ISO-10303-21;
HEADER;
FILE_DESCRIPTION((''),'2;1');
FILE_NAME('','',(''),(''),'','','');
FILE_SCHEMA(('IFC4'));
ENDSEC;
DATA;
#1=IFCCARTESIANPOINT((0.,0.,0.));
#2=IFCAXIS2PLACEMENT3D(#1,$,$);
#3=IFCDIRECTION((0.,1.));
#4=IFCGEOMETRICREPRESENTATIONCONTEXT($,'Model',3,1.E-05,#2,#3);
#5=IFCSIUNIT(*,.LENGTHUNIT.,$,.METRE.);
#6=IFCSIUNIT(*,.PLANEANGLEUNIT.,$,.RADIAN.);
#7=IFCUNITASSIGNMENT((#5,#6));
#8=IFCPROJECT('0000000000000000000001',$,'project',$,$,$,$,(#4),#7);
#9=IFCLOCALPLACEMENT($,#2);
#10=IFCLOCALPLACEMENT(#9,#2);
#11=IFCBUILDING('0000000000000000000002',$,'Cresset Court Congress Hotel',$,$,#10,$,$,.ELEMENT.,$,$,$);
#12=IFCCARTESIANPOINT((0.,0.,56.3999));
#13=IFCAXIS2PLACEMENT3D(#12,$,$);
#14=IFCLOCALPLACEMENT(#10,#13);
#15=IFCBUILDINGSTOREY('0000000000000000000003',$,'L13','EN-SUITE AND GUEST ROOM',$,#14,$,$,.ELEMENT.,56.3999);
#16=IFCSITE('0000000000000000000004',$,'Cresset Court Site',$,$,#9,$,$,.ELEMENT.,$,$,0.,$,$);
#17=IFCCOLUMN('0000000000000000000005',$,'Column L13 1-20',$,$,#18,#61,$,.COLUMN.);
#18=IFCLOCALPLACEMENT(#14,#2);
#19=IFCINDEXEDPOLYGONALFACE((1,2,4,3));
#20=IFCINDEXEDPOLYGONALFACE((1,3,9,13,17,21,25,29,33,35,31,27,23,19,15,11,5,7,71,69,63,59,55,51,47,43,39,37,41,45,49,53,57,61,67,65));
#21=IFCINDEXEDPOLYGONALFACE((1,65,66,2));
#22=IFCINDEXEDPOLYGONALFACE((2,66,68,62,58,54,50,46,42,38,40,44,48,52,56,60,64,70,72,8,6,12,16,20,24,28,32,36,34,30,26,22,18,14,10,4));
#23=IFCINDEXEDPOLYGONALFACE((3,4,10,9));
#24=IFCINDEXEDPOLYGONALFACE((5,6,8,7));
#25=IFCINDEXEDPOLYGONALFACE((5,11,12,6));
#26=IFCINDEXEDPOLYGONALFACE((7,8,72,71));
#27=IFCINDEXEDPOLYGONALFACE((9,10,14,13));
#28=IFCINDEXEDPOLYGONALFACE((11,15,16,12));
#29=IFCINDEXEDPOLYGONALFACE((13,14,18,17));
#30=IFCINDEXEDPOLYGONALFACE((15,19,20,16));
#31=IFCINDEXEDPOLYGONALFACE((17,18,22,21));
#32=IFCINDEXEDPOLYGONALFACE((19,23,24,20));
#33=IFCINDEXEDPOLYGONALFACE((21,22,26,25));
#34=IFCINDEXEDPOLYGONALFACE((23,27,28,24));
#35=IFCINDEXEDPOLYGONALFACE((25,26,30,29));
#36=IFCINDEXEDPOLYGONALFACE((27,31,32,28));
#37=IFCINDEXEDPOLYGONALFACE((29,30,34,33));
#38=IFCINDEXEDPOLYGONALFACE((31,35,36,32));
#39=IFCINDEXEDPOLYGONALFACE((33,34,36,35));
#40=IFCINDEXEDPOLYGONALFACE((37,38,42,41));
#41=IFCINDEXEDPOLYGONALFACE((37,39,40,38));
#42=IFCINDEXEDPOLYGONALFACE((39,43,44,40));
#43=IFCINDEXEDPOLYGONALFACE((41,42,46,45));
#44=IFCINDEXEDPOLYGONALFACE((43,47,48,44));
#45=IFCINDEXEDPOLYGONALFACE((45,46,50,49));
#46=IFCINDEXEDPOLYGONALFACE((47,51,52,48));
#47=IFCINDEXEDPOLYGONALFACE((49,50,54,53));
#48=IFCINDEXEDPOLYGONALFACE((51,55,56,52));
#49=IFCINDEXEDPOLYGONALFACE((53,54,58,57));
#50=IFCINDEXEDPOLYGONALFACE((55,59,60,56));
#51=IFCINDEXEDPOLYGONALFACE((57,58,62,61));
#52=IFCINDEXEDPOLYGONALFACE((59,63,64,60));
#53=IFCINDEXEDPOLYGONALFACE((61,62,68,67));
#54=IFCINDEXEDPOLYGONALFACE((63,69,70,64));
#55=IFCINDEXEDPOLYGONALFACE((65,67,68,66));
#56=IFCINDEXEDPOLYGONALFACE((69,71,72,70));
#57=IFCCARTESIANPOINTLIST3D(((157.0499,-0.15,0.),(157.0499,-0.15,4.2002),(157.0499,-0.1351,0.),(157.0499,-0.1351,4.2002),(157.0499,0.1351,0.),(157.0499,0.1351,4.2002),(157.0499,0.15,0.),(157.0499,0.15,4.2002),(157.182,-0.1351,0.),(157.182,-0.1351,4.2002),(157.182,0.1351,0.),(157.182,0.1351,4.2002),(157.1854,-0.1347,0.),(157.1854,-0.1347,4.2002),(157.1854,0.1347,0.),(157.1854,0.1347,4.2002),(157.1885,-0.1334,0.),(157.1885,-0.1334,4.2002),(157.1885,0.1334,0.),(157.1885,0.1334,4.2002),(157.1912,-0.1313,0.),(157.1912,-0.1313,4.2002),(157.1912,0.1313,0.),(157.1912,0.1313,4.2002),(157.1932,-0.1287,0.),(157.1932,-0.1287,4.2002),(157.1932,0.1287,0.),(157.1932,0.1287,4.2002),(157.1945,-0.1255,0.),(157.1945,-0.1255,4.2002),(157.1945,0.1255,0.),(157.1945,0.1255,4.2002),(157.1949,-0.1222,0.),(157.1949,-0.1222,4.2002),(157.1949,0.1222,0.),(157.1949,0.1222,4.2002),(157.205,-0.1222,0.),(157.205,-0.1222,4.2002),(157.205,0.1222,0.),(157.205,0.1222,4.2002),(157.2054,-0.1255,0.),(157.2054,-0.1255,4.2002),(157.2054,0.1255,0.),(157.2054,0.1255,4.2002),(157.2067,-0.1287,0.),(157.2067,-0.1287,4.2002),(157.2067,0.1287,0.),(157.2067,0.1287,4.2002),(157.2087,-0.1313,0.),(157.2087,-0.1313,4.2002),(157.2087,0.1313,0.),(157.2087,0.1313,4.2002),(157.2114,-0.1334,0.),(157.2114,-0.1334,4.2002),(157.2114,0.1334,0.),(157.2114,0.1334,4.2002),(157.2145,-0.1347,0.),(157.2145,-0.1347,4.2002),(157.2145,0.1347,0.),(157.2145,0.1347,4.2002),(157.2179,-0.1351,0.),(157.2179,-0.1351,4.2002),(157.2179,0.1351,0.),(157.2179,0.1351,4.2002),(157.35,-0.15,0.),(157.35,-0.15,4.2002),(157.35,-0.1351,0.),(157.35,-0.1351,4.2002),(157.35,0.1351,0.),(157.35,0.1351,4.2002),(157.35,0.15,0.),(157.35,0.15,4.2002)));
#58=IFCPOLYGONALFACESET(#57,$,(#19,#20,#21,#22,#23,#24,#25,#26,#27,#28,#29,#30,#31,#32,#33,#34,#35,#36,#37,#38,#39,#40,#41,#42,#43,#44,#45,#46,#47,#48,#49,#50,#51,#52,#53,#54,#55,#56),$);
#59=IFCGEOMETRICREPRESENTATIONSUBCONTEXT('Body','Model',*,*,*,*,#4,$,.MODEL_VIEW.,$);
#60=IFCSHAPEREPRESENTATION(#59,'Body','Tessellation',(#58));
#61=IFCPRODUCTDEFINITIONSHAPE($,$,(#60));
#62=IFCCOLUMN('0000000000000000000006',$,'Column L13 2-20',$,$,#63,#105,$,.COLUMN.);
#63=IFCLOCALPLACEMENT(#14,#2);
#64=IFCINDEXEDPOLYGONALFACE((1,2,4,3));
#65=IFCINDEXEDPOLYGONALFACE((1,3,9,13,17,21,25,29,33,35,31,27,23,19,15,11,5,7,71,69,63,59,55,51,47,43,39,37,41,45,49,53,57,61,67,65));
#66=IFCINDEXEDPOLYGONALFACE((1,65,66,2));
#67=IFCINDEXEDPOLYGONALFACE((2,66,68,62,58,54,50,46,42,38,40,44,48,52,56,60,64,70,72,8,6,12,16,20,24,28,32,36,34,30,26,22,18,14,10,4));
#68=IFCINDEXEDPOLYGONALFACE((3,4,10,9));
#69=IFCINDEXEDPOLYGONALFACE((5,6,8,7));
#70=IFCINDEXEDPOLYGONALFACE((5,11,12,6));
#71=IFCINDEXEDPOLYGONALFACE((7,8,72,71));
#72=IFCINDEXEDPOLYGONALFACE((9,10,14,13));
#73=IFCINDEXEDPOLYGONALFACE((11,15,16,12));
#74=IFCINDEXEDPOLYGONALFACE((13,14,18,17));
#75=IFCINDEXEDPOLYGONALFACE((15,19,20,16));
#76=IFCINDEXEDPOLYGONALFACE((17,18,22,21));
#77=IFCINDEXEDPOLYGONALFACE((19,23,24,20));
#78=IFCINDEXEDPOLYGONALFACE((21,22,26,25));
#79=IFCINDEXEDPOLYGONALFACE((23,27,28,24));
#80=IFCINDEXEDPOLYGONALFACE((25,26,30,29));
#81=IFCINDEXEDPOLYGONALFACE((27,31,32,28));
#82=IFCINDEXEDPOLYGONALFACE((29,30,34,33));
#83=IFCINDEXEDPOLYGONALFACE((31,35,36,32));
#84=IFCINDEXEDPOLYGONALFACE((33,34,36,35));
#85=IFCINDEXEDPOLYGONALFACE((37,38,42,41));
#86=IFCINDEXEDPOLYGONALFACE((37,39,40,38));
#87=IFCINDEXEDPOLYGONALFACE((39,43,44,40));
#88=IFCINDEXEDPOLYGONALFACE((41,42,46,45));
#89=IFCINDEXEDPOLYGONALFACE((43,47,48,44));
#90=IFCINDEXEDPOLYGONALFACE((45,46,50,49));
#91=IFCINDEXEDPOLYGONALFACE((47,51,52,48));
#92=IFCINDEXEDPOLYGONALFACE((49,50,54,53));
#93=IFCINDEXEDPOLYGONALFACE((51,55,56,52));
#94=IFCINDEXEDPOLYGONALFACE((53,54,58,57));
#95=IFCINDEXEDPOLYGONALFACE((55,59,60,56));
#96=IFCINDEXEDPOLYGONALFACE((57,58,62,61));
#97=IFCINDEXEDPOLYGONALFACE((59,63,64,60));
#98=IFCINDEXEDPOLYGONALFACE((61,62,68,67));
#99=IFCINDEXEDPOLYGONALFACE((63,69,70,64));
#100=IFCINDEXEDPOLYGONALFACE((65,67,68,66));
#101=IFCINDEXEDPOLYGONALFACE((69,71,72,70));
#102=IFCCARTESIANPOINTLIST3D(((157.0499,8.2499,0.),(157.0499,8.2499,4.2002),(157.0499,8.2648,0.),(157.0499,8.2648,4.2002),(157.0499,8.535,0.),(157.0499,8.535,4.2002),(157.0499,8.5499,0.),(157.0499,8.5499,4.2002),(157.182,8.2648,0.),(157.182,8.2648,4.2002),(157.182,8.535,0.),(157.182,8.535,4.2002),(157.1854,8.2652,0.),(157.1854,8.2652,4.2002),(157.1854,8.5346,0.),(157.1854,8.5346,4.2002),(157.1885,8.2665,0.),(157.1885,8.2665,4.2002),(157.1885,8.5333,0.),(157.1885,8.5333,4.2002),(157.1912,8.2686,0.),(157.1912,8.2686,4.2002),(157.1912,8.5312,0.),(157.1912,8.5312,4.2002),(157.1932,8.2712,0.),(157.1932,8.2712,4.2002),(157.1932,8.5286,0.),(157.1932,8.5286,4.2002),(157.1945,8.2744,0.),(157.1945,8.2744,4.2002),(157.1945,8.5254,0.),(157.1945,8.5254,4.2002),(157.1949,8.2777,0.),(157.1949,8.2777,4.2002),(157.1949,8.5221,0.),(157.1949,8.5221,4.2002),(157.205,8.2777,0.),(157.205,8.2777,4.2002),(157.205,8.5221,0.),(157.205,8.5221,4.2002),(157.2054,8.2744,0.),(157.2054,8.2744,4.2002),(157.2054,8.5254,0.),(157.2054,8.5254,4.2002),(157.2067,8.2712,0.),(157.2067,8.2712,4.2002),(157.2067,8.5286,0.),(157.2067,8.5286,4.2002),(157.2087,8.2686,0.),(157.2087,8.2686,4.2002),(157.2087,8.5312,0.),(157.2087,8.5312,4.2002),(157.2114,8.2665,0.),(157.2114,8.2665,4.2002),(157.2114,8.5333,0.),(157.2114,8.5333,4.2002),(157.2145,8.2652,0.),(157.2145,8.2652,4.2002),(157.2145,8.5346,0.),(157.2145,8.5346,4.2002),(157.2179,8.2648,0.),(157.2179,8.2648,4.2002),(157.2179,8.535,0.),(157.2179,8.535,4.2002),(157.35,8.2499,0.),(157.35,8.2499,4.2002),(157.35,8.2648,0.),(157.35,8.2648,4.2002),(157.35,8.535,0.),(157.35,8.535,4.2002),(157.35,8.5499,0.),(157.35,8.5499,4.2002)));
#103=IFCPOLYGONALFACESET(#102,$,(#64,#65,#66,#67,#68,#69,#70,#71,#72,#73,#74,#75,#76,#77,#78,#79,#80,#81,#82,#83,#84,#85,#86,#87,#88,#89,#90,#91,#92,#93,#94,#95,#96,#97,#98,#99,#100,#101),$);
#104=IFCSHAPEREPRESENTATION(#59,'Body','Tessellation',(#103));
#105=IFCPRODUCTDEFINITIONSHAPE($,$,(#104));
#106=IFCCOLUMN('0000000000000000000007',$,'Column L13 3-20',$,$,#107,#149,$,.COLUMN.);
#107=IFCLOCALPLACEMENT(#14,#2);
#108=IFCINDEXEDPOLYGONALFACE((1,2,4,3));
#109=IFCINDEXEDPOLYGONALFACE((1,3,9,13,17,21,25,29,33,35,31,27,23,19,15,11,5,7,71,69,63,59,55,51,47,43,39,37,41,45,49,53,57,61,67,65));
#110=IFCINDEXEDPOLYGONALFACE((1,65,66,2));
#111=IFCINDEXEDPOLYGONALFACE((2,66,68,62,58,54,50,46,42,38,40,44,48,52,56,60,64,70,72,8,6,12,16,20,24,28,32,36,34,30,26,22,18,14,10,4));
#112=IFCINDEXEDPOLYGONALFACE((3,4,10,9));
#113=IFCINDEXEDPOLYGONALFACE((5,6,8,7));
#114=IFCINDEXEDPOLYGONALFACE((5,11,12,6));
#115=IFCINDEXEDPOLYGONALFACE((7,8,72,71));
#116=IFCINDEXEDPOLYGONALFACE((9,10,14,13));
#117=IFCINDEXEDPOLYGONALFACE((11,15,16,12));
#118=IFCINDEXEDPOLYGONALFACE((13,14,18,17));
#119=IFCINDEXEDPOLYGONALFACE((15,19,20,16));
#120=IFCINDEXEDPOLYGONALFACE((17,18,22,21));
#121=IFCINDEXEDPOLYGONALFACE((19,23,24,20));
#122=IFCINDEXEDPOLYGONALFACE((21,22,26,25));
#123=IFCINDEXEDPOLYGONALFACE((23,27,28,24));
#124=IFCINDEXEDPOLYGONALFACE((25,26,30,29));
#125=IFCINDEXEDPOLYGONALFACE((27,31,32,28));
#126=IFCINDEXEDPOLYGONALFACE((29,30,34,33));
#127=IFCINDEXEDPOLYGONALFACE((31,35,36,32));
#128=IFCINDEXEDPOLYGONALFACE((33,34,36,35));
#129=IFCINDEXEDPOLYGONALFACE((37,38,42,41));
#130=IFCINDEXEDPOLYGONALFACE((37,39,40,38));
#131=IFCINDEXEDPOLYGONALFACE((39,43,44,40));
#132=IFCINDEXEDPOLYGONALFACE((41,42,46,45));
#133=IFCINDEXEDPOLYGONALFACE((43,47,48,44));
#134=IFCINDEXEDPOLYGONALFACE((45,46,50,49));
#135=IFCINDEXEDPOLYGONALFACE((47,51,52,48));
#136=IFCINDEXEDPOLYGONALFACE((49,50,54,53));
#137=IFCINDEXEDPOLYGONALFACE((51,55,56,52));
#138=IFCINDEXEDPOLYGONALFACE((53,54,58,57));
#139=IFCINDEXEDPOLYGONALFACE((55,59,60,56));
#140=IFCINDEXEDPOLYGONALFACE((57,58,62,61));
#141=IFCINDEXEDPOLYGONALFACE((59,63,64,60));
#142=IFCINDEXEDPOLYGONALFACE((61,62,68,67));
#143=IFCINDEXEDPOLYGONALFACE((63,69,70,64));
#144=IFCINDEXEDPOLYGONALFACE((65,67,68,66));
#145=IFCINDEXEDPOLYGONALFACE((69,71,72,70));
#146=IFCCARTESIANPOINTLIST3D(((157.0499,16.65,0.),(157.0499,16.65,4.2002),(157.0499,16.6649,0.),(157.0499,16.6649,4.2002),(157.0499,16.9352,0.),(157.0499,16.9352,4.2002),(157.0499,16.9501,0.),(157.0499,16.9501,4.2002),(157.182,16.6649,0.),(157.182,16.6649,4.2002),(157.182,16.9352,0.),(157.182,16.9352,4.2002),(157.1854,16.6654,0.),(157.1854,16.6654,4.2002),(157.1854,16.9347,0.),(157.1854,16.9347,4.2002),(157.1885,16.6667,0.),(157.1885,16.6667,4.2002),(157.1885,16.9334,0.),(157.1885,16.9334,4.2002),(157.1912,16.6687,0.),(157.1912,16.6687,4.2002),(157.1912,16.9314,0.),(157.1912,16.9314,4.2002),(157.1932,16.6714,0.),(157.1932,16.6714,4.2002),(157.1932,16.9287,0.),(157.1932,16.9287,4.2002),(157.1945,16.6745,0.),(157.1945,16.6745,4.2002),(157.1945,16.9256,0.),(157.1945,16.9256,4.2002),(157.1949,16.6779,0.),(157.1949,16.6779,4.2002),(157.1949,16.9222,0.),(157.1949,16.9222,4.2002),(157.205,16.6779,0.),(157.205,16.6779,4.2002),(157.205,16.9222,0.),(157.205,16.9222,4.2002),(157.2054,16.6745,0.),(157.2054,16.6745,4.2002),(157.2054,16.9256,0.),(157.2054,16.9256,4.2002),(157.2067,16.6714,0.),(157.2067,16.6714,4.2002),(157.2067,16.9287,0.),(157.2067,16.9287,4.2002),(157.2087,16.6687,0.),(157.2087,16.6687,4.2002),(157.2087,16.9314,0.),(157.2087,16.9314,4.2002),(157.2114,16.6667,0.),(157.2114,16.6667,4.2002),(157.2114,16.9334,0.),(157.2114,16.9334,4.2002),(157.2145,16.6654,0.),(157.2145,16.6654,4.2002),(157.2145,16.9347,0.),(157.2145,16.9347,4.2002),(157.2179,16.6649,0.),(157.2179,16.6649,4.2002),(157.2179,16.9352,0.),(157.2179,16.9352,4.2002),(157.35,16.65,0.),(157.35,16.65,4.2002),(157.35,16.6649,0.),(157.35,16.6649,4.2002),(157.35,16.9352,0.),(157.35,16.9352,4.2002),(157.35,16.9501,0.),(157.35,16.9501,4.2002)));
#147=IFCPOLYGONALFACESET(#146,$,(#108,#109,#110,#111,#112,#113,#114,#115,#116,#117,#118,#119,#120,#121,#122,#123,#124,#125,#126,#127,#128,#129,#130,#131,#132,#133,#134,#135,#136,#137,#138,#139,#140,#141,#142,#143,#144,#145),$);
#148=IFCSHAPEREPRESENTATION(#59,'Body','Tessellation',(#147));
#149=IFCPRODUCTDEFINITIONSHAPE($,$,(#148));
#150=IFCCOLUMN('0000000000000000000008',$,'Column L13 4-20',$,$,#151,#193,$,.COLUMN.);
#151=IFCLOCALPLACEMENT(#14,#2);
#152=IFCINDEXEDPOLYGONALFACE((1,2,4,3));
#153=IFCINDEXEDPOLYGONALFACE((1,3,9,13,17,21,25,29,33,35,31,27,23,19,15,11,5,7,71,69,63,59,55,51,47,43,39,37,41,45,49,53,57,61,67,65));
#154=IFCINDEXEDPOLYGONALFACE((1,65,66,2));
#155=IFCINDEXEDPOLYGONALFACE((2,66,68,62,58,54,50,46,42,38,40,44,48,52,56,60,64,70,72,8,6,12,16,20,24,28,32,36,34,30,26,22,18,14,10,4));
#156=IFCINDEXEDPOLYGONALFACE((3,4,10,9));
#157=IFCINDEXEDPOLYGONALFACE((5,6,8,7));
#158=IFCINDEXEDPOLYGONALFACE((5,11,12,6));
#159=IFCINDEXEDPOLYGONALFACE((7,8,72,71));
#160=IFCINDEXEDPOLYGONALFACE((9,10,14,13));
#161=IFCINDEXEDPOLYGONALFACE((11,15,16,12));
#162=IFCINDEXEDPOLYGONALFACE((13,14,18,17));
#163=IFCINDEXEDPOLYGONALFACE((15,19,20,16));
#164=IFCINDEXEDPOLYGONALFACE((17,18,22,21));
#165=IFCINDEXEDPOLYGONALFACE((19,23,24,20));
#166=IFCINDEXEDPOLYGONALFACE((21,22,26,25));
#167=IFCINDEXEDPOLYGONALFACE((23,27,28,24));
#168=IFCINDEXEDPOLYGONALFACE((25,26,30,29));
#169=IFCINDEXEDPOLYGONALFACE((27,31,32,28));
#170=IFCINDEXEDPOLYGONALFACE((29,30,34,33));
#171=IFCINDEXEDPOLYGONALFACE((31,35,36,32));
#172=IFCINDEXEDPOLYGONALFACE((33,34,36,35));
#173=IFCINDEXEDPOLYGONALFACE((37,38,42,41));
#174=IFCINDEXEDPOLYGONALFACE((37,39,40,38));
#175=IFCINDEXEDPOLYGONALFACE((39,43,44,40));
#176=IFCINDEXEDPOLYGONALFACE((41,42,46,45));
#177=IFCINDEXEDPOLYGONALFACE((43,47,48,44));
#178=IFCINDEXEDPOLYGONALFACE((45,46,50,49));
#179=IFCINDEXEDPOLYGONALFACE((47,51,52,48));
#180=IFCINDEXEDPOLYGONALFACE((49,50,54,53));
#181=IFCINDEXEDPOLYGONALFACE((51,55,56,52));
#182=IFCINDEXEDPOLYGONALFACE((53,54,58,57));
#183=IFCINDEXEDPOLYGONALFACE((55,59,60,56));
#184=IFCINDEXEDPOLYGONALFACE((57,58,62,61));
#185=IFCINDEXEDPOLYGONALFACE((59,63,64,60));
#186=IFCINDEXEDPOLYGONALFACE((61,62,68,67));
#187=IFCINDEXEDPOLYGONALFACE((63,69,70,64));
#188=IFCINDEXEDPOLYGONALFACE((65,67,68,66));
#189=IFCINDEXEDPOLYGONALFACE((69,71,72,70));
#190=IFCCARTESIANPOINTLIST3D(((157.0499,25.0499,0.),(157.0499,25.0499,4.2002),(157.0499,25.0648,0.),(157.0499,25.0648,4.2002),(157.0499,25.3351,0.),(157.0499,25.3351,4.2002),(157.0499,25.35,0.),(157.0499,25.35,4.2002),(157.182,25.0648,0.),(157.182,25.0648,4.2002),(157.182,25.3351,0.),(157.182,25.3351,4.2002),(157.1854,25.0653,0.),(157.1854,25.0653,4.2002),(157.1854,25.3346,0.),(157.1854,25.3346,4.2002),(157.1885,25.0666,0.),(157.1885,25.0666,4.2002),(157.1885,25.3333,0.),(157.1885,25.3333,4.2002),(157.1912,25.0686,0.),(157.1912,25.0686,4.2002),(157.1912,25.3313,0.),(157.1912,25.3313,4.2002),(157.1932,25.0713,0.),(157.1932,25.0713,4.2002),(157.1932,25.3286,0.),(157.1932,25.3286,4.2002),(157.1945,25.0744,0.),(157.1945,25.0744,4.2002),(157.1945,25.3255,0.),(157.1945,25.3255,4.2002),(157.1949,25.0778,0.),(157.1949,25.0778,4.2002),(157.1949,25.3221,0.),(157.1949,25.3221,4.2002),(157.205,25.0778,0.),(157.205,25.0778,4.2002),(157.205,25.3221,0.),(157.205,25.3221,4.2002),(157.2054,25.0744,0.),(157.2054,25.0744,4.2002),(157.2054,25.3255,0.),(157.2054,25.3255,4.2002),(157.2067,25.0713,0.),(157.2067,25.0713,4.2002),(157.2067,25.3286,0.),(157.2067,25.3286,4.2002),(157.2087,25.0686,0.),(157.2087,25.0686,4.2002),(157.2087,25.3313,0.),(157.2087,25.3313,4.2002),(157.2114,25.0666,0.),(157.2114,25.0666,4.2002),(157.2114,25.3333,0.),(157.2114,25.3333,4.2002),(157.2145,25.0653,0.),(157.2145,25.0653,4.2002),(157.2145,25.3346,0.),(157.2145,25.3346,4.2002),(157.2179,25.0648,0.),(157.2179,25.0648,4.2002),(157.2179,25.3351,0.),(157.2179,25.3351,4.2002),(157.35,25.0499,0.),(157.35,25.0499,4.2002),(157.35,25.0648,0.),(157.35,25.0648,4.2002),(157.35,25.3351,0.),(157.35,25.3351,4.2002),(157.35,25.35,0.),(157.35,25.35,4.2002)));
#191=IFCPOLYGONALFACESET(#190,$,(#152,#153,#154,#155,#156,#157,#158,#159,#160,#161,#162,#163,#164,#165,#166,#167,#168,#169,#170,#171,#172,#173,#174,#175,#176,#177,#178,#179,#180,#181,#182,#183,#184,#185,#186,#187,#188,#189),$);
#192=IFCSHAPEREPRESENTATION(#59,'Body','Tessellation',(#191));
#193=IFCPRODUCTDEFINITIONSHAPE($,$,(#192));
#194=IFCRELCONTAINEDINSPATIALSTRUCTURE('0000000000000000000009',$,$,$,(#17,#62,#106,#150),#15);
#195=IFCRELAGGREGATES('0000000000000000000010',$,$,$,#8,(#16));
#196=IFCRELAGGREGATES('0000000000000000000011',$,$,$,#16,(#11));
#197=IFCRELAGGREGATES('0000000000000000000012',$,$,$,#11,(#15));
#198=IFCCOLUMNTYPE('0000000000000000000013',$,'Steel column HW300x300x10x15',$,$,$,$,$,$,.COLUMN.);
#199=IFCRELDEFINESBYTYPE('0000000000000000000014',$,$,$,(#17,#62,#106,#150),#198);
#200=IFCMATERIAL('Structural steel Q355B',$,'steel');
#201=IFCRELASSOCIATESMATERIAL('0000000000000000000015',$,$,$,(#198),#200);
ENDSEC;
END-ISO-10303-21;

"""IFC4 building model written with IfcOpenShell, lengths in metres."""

from ifc_helpers import new_model, si_unit, direction, frame, origin, origin_2d, place, context, subcontext, project, spatial, i_section, extrude, material, material_profile, profile_set, type_object, element, save


model = new_model("IFC4")

# Units and contexts
model_context = context("Model", 3, precision=1e-05, world=origin(), true_north=direction((0.0, 1.0)))
body_context = subcontext(model_context, "Body", "Model", "MODEL_VIEW")
ifc_project = project(units=[si_unit("LENGTHUNIT", "METRE"), si_unit("PLANEANGLEUNIT", "RADIAN")], contexts=[model_context])

# Site, building, storey
site_placement = place(None, origin())
site = spatial("IfcSite", under=ifc_project, at=site_placement, Name="Cresset Court Site", CompositionType="ELEMENT", RefElevation=0.0)
building_placement = place(site_placement, origin())
building = spatial("IfcBuilding", under=site, at=building_placement, Name="Cresset Court Congress Hotel", CompositionType="ELEMENT")
storey_placement = place(building_placement, frame((0.0, 0.0, 56.3999)))
storey = spatial("IfcBuildingStorey", under=building, at=storey_placement, Name="L13", Description="EN-SUITE AND GUEST ROOM", CompositionType="ELEMENT", Elevation=56.3999)

# Columns
ifc_material_1 = material(Name="Structural steel Q355B", Category="steel")
ifc_material_profile_1 = material_profile(ifc_material_1, i_section(OverallWidth=0.3, OverallDepth=0.3, WebThickness=0.01, FlangeThickness=0.0149, FilletRadius=0.0129, at=origin_2d()), Name="HW300x300x10x15")
ifc_profile_set_1 = profile_set([ifc_material_profile_1], Name="Structural steel Q355B")
column_type = type_object("IfcColumnType", Name="Steel column HW300x300x10x15", PredefinedType="COLUMN", material=ifc_profile_set_1)
for number, where, z_axis, x_axis, name in (
    (1, (157.2, 0.0, 0.0), (0.0, 0.0, 1.0), (1.0, 0.0, 0.0), "Column L13 1-20"),
    (2, (157.2, 8.3999, 0.0), (0.0, 0.0, 1.0), (1.0, 0.0, 0.0), "Column L13 2-20"),
    (3, (157.2, 16.8, 0.0), (0.0, 0.0, 1.0), (1.0, 0.0, 0.0), "Column L13 3-20"),
    (4, (157.2, 25.2, 0.0), (0.0, 0.0, 1.0), (1.0, 0.0, 0.0), "Column L13 4-20"),
):
    element("IfcColumn", number, at=place(storey_placement, frame(where, z_axis=z_axis, x_axis=x_axis)), inside=storey, type_object=column_type, Name=name, PredefinedType="COLUMN", context=body_context, shape_type="SweptSolid", body=[
        extrude(i_section(OverallWidth=0.3, OverallDepth=0.3, WebThickness=0.01, FlangeThickness=0.0149, FilletRadius=0.0129, at=origin_2d()), origin(), (0.0, 0.0, 1.0), 4.2002),
    ])

save(model, "model.ifc")
